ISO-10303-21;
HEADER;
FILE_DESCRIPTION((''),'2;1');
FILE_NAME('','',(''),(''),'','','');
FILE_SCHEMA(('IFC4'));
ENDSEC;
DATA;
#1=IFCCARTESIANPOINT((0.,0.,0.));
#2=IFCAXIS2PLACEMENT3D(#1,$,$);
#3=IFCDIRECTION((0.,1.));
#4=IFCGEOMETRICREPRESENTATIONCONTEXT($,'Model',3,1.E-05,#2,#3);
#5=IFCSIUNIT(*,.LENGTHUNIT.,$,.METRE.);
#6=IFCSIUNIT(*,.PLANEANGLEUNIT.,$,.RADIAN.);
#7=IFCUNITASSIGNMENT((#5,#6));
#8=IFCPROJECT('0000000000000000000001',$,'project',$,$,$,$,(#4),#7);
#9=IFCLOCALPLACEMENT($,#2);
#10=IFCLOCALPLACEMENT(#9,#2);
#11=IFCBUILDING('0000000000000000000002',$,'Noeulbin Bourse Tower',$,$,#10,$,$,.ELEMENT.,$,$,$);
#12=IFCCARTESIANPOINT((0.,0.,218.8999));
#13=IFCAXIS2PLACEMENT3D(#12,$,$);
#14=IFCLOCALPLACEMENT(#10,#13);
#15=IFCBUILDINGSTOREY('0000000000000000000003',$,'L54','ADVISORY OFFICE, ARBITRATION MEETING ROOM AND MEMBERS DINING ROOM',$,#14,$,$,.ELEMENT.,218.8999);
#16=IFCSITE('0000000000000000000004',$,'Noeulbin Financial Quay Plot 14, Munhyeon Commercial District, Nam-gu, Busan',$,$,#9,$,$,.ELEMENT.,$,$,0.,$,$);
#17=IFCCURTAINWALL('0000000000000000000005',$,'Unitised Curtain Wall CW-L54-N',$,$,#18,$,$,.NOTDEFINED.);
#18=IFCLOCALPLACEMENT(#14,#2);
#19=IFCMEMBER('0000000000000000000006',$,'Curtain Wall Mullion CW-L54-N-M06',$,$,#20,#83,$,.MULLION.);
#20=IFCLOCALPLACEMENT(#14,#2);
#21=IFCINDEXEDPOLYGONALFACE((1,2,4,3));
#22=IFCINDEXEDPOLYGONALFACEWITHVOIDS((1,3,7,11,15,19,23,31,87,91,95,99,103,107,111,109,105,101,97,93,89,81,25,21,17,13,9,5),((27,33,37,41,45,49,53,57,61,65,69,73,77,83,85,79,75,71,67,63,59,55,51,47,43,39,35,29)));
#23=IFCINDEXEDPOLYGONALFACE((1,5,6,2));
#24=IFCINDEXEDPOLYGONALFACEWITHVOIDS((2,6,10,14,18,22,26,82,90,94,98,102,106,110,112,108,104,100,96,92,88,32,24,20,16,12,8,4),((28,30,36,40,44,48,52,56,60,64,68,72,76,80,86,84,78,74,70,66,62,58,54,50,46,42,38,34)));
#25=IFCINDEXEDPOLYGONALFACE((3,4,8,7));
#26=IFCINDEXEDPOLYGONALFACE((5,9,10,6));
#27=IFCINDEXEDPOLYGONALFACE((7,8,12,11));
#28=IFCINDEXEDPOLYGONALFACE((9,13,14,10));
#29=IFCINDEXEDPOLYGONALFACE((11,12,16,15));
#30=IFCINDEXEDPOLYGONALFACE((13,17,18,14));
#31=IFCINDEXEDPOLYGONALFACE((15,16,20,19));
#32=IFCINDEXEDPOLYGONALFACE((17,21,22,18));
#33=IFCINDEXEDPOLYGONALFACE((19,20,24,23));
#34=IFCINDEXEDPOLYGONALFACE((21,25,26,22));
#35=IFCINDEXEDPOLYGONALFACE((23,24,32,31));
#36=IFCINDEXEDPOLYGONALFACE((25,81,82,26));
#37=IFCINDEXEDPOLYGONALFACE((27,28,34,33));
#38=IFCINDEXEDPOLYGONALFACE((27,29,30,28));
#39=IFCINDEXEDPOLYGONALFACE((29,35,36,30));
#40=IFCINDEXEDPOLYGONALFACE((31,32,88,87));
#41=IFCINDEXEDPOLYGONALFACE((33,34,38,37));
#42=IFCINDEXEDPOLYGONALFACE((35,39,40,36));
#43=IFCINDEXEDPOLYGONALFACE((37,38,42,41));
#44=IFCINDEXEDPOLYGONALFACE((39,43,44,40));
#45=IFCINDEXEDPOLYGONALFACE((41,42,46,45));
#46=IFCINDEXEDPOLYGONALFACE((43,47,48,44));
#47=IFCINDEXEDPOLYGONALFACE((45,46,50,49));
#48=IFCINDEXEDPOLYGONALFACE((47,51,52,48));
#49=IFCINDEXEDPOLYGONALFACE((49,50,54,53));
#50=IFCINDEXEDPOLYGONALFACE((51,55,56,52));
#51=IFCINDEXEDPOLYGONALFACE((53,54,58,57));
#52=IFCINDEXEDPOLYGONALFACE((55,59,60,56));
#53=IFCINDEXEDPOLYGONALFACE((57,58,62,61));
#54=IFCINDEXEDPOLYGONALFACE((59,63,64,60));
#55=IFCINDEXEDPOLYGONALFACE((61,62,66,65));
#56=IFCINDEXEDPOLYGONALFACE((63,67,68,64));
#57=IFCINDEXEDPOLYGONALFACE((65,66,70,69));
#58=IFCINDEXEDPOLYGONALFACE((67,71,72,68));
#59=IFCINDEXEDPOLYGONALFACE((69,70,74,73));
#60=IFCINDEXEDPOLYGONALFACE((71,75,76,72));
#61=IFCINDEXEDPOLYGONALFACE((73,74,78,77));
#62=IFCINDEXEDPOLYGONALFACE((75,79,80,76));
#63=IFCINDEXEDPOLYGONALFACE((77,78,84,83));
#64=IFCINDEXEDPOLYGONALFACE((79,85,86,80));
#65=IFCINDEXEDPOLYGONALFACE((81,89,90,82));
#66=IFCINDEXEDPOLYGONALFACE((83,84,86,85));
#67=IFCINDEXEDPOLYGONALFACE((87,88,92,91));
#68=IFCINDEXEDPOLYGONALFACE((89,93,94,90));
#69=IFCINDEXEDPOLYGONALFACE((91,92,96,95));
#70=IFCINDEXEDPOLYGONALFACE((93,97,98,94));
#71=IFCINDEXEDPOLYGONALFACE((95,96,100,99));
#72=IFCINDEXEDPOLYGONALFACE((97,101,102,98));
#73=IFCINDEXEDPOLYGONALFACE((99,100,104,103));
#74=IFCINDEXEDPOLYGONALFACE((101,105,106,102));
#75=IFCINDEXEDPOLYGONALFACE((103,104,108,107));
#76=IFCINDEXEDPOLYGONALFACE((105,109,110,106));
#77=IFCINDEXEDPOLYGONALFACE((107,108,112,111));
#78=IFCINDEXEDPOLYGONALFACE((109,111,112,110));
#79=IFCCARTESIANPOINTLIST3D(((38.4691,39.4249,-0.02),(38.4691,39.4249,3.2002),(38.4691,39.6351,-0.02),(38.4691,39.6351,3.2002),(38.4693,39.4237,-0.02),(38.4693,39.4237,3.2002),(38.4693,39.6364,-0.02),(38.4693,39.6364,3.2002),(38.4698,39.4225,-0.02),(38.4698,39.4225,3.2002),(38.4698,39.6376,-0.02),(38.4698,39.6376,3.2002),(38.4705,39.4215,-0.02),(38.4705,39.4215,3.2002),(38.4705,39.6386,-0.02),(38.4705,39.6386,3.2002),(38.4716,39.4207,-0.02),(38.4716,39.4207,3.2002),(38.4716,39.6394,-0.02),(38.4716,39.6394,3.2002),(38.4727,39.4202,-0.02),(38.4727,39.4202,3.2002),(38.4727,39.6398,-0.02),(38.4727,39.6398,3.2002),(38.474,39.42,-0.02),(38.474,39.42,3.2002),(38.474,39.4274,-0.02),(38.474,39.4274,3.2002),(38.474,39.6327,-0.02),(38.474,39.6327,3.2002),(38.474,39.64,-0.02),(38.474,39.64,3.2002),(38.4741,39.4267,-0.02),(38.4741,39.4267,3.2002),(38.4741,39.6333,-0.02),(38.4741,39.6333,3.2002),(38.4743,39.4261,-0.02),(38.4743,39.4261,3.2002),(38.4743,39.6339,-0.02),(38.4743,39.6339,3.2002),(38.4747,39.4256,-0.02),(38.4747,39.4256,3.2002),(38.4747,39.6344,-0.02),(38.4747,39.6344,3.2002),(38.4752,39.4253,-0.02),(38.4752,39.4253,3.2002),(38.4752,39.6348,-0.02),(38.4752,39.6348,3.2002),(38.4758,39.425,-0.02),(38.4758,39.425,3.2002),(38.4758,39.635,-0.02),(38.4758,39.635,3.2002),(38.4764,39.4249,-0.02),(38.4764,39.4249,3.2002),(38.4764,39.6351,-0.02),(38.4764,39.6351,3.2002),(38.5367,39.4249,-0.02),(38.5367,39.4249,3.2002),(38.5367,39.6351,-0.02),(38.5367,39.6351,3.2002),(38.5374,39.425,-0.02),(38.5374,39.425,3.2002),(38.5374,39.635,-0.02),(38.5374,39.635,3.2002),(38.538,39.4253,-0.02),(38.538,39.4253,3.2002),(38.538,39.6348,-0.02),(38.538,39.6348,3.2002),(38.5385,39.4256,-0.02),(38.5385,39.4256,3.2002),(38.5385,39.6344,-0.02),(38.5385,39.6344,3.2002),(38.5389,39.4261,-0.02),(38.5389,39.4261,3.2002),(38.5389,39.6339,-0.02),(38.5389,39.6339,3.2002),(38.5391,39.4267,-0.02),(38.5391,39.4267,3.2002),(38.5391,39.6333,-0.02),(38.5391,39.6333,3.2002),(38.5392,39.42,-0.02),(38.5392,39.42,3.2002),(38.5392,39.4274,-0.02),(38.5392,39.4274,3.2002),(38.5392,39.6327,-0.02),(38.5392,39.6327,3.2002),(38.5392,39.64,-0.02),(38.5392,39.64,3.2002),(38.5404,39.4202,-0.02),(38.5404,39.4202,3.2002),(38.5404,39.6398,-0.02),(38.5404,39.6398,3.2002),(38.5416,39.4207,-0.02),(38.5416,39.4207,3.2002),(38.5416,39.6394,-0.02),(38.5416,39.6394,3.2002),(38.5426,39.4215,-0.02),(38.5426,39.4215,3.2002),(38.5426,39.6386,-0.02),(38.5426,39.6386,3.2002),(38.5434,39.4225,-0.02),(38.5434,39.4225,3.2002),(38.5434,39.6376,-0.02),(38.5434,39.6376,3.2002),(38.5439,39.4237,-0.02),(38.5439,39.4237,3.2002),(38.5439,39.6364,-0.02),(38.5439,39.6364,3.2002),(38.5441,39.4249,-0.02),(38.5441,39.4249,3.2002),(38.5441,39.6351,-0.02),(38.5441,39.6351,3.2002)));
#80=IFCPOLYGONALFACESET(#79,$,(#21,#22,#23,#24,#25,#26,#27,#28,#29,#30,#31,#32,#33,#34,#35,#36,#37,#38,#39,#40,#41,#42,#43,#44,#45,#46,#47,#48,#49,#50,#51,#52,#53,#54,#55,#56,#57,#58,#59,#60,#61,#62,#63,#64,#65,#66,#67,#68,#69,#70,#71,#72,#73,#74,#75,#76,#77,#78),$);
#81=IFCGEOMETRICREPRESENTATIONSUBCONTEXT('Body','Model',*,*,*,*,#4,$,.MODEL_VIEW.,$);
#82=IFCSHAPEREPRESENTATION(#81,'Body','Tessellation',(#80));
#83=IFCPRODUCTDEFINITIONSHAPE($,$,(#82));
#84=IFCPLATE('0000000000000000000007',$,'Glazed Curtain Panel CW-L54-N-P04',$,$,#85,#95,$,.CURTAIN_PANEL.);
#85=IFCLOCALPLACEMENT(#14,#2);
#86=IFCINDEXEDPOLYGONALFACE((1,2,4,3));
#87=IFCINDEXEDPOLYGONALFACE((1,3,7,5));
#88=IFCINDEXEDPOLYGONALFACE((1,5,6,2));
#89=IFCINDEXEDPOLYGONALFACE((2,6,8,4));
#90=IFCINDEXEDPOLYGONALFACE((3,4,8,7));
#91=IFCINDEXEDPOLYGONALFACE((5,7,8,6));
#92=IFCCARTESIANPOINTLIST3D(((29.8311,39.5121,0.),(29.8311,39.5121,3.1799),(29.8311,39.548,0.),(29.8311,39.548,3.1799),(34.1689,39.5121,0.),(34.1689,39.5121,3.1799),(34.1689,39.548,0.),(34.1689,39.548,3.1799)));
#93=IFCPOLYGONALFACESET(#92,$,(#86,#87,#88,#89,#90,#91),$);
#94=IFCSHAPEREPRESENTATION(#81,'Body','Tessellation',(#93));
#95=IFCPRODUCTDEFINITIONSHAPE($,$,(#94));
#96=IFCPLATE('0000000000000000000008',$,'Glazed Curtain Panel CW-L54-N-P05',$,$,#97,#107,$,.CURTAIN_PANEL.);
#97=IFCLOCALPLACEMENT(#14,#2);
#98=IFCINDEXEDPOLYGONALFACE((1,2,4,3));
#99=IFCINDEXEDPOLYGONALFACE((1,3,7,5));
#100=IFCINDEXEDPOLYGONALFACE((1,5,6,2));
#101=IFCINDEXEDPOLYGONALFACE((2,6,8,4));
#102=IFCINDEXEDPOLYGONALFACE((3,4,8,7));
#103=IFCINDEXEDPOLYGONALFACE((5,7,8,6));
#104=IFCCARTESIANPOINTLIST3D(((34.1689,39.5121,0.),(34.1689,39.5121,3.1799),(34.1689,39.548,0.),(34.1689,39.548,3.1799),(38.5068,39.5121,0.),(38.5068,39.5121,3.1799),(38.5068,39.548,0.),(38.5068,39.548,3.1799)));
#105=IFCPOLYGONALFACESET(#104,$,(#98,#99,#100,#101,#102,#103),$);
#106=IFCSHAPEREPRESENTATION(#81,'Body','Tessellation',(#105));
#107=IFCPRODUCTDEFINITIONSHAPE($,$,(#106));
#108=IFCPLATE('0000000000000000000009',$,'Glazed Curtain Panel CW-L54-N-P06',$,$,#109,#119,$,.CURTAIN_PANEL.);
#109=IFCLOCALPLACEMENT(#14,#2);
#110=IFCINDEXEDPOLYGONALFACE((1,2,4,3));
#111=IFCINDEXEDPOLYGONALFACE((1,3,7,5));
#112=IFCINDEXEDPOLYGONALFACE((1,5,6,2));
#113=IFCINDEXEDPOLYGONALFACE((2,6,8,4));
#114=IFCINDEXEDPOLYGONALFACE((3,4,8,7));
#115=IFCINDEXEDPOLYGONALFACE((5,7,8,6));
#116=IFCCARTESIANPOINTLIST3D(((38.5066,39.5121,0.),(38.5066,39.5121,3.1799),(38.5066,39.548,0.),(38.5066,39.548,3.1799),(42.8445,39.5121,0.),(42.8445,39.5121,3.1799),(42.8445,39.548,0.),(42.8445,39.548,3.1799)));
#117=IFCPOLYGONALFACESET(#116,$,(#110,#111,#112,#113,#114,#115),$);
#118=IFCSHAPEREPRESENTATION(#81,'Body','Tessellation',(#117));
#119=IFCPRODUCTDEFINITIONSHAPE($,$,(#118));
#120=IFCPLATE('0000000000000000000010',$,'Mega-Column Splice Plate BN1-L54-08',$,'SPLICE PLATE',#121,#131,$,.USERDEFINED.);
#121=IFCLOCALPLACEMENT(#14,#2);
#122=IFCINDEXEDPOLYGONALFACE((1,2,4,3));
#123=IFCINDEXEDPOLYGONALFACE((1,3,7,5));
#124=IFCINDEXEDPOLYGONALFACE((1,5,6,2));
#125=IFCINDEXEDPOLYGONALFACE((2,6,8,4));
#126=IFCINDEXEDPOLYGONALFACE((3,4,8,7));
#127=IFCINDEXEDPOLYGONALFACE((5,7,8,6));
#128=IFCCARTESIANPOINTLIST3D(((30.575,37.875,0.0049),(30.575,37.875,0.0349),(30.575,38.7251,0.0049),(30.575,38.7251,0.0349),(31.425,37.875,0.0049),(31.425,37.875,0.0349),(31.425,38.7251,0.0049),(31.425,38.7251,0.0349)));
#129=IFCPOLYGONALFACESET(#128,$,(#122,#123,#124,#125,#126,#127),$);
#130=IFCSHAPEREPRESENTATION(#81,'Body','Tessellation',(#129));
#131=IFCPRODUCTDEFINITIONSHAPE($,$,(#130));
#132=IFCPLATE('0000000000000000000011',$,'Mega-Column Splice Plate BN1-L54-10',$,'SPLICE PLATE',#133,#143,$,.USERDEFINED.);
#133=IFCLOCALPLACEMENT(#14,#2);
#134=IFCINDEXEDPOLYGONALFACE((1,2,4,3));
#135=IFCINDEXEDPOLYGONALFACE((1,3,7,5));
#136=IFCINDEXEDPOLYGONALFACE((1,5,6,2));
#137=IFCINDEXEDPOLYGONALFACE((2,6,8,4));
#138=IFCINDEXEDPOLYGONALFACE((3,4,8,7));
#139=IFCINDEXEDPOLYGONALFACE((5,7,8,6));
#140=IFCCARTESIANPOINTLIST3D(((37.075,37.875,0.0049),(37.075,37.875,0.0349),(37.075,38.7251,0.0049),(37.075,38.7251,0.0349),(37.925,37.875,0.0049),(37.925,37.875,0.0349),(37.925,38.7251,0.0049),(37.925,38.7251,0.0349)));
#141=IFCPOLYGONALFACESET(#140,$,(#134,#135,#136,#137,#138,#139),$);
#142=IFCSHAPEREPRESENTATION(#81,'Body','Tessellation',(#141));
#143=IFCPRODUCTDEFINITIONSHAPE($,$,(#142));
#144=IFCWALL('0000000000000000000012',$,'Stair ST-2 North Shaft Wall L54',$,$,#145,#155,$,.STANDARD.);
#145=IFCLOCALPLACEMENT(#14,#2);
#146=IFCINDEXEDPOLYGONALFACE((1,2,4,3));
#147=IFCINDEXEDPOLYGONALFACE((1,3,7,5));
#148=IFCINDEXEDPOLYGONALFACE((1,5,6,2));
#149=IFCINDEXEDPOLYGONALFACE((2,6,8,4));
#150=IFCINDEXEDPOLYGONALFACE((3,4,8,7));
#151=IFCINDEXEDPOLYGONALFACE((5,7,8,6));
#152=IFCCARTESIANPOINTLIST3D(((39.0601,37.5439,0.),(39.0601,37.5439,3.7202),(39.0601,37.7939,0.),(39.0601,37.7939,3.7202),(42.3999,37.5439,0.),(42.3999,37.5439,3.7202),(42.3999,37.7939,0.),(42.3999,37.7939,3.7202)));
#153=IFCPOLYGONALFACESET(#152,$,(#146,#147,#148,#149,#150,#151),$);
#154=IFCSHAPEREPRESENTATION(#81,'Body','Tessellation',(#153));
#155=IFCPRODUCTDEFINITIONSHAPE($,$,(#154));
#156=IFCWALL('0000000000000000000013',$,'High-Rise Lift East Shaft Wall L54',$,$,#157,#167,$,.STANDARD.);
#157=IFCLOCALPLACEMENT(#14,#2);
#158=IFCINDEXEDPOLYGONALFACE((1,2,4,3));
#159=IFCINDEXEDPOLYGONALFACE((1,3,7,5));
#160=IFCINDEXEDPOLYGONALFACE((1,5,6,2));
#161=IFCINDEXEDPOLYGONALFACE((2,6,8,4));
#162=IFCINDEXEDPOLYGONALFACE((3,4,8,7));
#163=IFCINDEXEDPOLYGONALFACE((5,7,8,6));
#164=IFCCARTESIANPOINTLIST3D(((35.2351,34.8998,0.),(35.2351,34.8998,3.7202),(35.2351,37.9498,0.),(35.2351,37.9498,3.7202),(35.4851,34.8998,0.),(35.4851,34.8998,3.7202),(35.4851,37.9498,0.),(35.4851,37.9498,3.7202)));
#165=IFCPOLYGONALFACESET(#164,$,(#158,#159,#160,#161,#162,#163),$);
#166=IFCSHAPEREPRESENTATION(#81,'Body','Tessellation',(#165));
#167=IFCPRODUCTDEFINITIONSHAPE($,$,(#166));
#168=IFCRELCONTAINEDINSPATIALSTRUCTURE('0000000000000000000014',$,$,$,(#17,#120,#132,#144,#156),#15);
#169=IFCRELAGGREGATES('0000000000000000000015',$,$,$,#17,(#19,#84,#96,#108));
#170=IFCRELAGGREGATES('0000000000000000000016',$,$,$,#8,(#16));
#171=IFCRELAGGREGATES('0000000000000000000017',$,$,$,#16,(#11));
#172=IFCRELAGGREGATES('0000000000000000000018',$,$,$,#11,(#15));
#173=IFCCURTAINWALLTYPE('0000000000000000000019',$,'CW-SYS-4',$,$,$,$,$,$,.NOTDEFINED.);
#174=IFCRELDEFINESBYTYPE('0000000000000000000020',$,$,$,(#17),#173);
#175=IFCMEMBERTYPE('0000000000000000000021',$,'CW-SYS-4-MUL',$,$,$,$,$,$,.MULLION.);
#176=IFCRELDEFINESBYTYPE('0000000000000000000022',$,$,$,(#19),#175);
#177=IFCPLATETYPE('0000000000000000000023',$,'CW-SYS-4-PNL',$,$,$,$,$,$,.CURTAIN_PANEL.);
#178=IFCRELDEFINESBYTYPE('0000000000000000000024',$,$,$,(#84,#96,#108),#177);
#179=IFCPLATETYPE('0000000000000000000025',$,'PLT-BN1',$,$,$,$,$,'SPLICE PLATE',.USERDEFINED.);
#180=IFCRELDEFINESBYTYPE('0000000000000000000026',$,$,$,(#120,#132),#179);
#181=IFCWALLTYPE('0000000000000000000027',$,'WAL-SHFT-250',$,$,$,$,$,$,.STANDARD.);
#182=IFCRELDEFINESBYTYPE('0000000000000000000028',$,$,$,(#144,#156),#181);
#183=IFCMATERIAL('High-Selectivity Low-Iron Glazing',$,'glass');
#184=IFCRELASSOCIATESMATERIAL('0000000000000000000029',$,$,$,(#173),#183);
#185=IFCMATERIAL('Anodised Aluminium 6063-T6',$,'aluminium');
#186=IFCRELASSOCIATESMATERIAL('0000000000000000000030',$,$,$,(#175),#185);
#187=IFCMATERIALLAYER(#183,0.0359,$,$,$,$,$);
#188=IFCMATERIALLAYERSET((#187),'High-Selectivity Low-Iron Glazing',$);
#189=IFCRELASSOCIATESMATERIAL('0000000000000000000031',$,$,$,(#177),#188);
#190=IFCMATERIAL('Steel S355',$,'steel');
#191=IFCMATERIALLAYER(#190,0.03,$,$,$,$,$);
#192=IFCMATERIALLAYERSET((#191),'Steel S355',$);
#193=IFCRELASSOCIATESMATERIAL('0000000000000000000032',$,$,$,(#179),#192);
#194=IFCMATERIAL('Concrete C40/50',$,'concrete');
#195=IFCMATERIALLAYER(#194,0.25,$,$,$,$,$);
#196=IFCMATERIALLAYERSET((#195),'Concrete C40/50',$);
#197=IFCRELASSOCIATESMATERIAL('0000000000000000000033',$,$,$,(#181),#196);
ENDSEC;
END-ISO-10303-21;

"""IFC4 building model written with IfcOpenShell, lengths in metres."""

from ifc_helpers import new_model, si_unit, direction, frame, frame_2d, origin, origin_2d, place, context, subcontext, project, spatial, rectangle, hollow_rectangle, extrude, material, layer, layer_set, material_profile, profile_set, type_object, element, aggregate, save


model = new_model("IFC4")

# Units and contexts
model_context = context("Model", 3, precision=1e-05, world=origin(), true_north=direction((0.0, 1.0)))
body_context = subcontext(model_context, "Body", "Model", "MODEL_VIEW")
ifc_project = project(units=[si_unit("LENGTHUNIT", "METRE"), si_unit("PLANEANGLEUNIT", "RADIAN")], contexts=[model_context])

# Site, building, storey
site_placement = place(None, origin())
site = spatial("IfcSite", under=ifc_project, at=site_placement, Name="Noeulbin Financial Quay Plot 14, Munhyeon Commercial District, Nam-gu, Busan", CompositionType="ELEMENT", RefElevation=0.0)
building_placement = place(site_placement, origin())
building = spatial("IfcBuilding", under=site, at=building_placement, Name="Noeulbin Bourse Tower", CompositionType="ELEMENT")
storey_placement = place(building_placement, frame((0.0, 0.0, 218.8999)))
storey = spatial("IfcBuildingStorey", under=building, at=storey_placement, Name="L54", Description="ADVISORY OFFICE, ARBITRATION MEETING ROOM AND MEMBERS DINING ROOM", CompositionType="ELEMENT", Elevation=218.8999)

# Shared definitions
ifc_material_1 = material(Name="Steel S355", Category="steel")

# Curtain wall, member, plates
ifc_material_2 = material(Name="High-Selectivity Low-Iron Glazing", Category="glass")
curtain_wall_type = type_object("IfcCurtainWallType", Name="CW-SYS-4", PredefinedType="NOTDEFINED", material=ifc_material_2)
curtain_wall_placement = place(storey_placement, origin())
curtain_wall = element("IfcCurtainWall", 1, at=curtain_wall_placement, inside=storey, type_object=curtain_wall_type, Name="Unitised Curtain Wall CW-L54-N", PredefinedType="NOTDEFINED")
ifc_material_3 = material(Name="Anodised Aluminium 6063-T6", Category="aluminium")
ifc_material_profile_1 = material_profile(ifc_material_3, hollow_rectangle(XDim=0.075, YDim=0.22, WallThickness=0.0049, InnerFilletRadius=0.0024, OuterFilletRadius=0.0049, at=origin_2d()), Name="ALU-MULL-75x220x5", Category="LoadBearing")
ifc_profile_set_1 = profile_set([ifc_material_profile_1], Name="Anodised Aluminium 6063-T6")
member_type = type_object("IfcMemberType", Name="CW-SYS-4-MUL", PredefinedType="MULLION", material=ifc_profile_set_1)
member_1_placement = place(storey_placement, frame((38.5066, 39.53, -0.02), z_axis=(0.0, 0.0, 1.0), x_axis=(1.0, 0.0, 0.0)))
member_1 = element("IfcMember", 2, at=member_1_placement, type_object=member_type, Name="Curtain Wall Mullion CW-L54-N-M06", PredefinedType="MULLION", context=body_context, shape_type="SweptSolid", body=[
    extrude(hollow_rectangle(XDim=0.075, YDim=0.22, WallThickness=0.0049, InnerFilletRadius=0.0024, OuterFilletRadius=0.0049, at=origin_2d()), origin(), (0.0, 0.0, 1.0), 3.2202),
])
ifc_layer_1 = layer(ifc_material_2, 0.0359)
ifc_layer_set_1 = layer_set([ifc_layer_1], Name="High-Selectivity Low-Iron Glazing")
plate_type_1 = type_object("IfcPlateType", Name="CW-SYS-4-PNL", PredefinedType="CURTAIN_PANEL", material=ifc_layer_set_1)
plate_1_placement = place(storey_placement, frame((32.0, 39.53, 0.0), z_axis=(0.0, 0.0, 1.0), x_axis=(1.0, 0.0, 0.0)))
plate_1 = element("IfcPlate", 3, at=plate_1_placement, type_object=plate_type_1, Name="Glazed Curtain Panel CW-L54-N-P04", PredefinedType="CURTAIN_PANEL", context=body_context, shape_type="SweptSolid", body=[
    extrude(rectangle(XDim=4.3379, YDim=0.0359, at=origin_2d()), origin(), (0.0, 0.0, 1.0), 3.1799),
])
plate_2_placement = place(storey_placement, frame((36.3379, 39.53, 0.0), z_axis=(0.0, 0.0, 1.0), x_axis=(1.0, 0.0, 0.0)))
plate_2 = element("IfcPlate", 4, at=plate_2_placement, type_object=plate_type_1, Name="Glazed Curtain Panel CW-L54-N-P05", PredefinedType="CURTAIN_PANEL", context=body_context, shape_type="SweptSolid", body=[
    extrude(rectangle(XDim=4.3379, YDim=0.0359, at=origin_2d()), origin(), (0.0, 0.0, 1.0), 3.1799),
])
plate_3_placement = place(storey_placement, frame((40.6755, 39.53, 0.0), z_axis=(0.0, 0.0, 1.0), x_axis=(1.0, 0.0, 0.0)))
plate_3 = element("IfcPlate", 5, at=plate_3_placement, type_object=plate_type_1, Name="Glazed Curtain Panel CW-L54-N-P06", PredefinedType="CURTAIN_PANEL", context=body_context, shape_type="SweptSolid", body=[
    extrude(rectangle(XDim=4.3379, YDim=0.0359, at=origin_2d()), origin(), (0.0, 0.0, 1.0), 3.1799),
])
aggregate(curtain_wall, [member_1, plate_1, plate_2, plate_3])

# Plates
ifc_layer_2 = layer(ifc_material_1, 0.03)
ifc_layer_set_2 = layer_set([ifc_layer_2], Name="Steel S355")
plate_type_2 = type_object("IfcPlateType", Name="PLT-BN1", ElementType="SPLICE PLATE", PredefinedType="USERDEFINED", material=ifc_layer_set_2)
for number, where, z_axis, x_axis, name in (
    (6, (31.0, 38.3, 0.0049), (0.0, 0.0, 1.0), (1.0, 0.0, 0.0), "Mega-Column Splice Plate BN1-L54-08"),
    (7, (37.5, 38.3, 0.0049), (0.0, 0.0, 1.0), (1.0, 0.0, 0.0), "Mega-Column Splice Plate BN1-L54-10"),
):
    element("IfcPlate", number, at=place(storey_placement, frame(where, z_axis=z_axis, x_axis=x_axis)), inside=storey, type_object=plate_type_2, Name=name, ObjectType="SPLICE PLATE", PredefinedType="USERDEFINED", context=body_context, shape_type="SweptSolid", body=[
        extrude(rectangle(XDim=0.8501, YDim=0.8501, at=origin_2d()), origin(), (0.0, 0.0, 1.0), 0.03),
    ])

# Walls
ifc_material_4 = material(Name="Concrete C40/50", Category="concrete")
ifc_layer_3 = layer(ifc_material_4, 0.25)
ifc_layer_set_3 = layer_set([ifc_layer_3], Name="Concrete C40/50")
wall_type = type_object("IfcWallType", Name="WAL-SHFT-250", PredefinedType="STANDARD", material=ifc_layer_set_3)
wall_1_placement = place(storey_placement, frame((39.0601, 37.6689, 0.0), z_axis=(0.0, 0.0, 1.0), x_axis=(1.0, 0.0, 0.0)))
element("IfcWall", 8, at=wall_1_placement, inside=storey, type_object=wall_type, Name="Stair ST-2 North Shaft Wall L54", PredefinedType="STANDARD", context=body_context, shape_type="SweptSolid", body=[
    extrude(rectangle(XDim=3.3398, YDim=0.25, at=frame_2d((1.6699, 0.0))), origin(), (0.0, 0.0, 1.0), 3.7202),
])
wall_2_placement = place(storey_placement, frame((35.3601, 34.8999, 0.0), z_axis=(0.0, 0.0, 1.0), x_axis=(0.0, 1.0, 0.0)))
element("IfcWall", 9, at=wall_2_placement, inside=storey, type_object=wall_type, Name="High-Rise Lift East Shaft Wall L54", PredefinedType="STANDARD", context=body_context, shape_type="SweptSolid", body=[
    extrude(rectangle(XDim=3.05, YDim=0.25, at=frame_2d((1.5249, 0.0))), origin(), (0.0, 0.0, 1.0), 3.7202),
])

save(model, "model.ifc")
